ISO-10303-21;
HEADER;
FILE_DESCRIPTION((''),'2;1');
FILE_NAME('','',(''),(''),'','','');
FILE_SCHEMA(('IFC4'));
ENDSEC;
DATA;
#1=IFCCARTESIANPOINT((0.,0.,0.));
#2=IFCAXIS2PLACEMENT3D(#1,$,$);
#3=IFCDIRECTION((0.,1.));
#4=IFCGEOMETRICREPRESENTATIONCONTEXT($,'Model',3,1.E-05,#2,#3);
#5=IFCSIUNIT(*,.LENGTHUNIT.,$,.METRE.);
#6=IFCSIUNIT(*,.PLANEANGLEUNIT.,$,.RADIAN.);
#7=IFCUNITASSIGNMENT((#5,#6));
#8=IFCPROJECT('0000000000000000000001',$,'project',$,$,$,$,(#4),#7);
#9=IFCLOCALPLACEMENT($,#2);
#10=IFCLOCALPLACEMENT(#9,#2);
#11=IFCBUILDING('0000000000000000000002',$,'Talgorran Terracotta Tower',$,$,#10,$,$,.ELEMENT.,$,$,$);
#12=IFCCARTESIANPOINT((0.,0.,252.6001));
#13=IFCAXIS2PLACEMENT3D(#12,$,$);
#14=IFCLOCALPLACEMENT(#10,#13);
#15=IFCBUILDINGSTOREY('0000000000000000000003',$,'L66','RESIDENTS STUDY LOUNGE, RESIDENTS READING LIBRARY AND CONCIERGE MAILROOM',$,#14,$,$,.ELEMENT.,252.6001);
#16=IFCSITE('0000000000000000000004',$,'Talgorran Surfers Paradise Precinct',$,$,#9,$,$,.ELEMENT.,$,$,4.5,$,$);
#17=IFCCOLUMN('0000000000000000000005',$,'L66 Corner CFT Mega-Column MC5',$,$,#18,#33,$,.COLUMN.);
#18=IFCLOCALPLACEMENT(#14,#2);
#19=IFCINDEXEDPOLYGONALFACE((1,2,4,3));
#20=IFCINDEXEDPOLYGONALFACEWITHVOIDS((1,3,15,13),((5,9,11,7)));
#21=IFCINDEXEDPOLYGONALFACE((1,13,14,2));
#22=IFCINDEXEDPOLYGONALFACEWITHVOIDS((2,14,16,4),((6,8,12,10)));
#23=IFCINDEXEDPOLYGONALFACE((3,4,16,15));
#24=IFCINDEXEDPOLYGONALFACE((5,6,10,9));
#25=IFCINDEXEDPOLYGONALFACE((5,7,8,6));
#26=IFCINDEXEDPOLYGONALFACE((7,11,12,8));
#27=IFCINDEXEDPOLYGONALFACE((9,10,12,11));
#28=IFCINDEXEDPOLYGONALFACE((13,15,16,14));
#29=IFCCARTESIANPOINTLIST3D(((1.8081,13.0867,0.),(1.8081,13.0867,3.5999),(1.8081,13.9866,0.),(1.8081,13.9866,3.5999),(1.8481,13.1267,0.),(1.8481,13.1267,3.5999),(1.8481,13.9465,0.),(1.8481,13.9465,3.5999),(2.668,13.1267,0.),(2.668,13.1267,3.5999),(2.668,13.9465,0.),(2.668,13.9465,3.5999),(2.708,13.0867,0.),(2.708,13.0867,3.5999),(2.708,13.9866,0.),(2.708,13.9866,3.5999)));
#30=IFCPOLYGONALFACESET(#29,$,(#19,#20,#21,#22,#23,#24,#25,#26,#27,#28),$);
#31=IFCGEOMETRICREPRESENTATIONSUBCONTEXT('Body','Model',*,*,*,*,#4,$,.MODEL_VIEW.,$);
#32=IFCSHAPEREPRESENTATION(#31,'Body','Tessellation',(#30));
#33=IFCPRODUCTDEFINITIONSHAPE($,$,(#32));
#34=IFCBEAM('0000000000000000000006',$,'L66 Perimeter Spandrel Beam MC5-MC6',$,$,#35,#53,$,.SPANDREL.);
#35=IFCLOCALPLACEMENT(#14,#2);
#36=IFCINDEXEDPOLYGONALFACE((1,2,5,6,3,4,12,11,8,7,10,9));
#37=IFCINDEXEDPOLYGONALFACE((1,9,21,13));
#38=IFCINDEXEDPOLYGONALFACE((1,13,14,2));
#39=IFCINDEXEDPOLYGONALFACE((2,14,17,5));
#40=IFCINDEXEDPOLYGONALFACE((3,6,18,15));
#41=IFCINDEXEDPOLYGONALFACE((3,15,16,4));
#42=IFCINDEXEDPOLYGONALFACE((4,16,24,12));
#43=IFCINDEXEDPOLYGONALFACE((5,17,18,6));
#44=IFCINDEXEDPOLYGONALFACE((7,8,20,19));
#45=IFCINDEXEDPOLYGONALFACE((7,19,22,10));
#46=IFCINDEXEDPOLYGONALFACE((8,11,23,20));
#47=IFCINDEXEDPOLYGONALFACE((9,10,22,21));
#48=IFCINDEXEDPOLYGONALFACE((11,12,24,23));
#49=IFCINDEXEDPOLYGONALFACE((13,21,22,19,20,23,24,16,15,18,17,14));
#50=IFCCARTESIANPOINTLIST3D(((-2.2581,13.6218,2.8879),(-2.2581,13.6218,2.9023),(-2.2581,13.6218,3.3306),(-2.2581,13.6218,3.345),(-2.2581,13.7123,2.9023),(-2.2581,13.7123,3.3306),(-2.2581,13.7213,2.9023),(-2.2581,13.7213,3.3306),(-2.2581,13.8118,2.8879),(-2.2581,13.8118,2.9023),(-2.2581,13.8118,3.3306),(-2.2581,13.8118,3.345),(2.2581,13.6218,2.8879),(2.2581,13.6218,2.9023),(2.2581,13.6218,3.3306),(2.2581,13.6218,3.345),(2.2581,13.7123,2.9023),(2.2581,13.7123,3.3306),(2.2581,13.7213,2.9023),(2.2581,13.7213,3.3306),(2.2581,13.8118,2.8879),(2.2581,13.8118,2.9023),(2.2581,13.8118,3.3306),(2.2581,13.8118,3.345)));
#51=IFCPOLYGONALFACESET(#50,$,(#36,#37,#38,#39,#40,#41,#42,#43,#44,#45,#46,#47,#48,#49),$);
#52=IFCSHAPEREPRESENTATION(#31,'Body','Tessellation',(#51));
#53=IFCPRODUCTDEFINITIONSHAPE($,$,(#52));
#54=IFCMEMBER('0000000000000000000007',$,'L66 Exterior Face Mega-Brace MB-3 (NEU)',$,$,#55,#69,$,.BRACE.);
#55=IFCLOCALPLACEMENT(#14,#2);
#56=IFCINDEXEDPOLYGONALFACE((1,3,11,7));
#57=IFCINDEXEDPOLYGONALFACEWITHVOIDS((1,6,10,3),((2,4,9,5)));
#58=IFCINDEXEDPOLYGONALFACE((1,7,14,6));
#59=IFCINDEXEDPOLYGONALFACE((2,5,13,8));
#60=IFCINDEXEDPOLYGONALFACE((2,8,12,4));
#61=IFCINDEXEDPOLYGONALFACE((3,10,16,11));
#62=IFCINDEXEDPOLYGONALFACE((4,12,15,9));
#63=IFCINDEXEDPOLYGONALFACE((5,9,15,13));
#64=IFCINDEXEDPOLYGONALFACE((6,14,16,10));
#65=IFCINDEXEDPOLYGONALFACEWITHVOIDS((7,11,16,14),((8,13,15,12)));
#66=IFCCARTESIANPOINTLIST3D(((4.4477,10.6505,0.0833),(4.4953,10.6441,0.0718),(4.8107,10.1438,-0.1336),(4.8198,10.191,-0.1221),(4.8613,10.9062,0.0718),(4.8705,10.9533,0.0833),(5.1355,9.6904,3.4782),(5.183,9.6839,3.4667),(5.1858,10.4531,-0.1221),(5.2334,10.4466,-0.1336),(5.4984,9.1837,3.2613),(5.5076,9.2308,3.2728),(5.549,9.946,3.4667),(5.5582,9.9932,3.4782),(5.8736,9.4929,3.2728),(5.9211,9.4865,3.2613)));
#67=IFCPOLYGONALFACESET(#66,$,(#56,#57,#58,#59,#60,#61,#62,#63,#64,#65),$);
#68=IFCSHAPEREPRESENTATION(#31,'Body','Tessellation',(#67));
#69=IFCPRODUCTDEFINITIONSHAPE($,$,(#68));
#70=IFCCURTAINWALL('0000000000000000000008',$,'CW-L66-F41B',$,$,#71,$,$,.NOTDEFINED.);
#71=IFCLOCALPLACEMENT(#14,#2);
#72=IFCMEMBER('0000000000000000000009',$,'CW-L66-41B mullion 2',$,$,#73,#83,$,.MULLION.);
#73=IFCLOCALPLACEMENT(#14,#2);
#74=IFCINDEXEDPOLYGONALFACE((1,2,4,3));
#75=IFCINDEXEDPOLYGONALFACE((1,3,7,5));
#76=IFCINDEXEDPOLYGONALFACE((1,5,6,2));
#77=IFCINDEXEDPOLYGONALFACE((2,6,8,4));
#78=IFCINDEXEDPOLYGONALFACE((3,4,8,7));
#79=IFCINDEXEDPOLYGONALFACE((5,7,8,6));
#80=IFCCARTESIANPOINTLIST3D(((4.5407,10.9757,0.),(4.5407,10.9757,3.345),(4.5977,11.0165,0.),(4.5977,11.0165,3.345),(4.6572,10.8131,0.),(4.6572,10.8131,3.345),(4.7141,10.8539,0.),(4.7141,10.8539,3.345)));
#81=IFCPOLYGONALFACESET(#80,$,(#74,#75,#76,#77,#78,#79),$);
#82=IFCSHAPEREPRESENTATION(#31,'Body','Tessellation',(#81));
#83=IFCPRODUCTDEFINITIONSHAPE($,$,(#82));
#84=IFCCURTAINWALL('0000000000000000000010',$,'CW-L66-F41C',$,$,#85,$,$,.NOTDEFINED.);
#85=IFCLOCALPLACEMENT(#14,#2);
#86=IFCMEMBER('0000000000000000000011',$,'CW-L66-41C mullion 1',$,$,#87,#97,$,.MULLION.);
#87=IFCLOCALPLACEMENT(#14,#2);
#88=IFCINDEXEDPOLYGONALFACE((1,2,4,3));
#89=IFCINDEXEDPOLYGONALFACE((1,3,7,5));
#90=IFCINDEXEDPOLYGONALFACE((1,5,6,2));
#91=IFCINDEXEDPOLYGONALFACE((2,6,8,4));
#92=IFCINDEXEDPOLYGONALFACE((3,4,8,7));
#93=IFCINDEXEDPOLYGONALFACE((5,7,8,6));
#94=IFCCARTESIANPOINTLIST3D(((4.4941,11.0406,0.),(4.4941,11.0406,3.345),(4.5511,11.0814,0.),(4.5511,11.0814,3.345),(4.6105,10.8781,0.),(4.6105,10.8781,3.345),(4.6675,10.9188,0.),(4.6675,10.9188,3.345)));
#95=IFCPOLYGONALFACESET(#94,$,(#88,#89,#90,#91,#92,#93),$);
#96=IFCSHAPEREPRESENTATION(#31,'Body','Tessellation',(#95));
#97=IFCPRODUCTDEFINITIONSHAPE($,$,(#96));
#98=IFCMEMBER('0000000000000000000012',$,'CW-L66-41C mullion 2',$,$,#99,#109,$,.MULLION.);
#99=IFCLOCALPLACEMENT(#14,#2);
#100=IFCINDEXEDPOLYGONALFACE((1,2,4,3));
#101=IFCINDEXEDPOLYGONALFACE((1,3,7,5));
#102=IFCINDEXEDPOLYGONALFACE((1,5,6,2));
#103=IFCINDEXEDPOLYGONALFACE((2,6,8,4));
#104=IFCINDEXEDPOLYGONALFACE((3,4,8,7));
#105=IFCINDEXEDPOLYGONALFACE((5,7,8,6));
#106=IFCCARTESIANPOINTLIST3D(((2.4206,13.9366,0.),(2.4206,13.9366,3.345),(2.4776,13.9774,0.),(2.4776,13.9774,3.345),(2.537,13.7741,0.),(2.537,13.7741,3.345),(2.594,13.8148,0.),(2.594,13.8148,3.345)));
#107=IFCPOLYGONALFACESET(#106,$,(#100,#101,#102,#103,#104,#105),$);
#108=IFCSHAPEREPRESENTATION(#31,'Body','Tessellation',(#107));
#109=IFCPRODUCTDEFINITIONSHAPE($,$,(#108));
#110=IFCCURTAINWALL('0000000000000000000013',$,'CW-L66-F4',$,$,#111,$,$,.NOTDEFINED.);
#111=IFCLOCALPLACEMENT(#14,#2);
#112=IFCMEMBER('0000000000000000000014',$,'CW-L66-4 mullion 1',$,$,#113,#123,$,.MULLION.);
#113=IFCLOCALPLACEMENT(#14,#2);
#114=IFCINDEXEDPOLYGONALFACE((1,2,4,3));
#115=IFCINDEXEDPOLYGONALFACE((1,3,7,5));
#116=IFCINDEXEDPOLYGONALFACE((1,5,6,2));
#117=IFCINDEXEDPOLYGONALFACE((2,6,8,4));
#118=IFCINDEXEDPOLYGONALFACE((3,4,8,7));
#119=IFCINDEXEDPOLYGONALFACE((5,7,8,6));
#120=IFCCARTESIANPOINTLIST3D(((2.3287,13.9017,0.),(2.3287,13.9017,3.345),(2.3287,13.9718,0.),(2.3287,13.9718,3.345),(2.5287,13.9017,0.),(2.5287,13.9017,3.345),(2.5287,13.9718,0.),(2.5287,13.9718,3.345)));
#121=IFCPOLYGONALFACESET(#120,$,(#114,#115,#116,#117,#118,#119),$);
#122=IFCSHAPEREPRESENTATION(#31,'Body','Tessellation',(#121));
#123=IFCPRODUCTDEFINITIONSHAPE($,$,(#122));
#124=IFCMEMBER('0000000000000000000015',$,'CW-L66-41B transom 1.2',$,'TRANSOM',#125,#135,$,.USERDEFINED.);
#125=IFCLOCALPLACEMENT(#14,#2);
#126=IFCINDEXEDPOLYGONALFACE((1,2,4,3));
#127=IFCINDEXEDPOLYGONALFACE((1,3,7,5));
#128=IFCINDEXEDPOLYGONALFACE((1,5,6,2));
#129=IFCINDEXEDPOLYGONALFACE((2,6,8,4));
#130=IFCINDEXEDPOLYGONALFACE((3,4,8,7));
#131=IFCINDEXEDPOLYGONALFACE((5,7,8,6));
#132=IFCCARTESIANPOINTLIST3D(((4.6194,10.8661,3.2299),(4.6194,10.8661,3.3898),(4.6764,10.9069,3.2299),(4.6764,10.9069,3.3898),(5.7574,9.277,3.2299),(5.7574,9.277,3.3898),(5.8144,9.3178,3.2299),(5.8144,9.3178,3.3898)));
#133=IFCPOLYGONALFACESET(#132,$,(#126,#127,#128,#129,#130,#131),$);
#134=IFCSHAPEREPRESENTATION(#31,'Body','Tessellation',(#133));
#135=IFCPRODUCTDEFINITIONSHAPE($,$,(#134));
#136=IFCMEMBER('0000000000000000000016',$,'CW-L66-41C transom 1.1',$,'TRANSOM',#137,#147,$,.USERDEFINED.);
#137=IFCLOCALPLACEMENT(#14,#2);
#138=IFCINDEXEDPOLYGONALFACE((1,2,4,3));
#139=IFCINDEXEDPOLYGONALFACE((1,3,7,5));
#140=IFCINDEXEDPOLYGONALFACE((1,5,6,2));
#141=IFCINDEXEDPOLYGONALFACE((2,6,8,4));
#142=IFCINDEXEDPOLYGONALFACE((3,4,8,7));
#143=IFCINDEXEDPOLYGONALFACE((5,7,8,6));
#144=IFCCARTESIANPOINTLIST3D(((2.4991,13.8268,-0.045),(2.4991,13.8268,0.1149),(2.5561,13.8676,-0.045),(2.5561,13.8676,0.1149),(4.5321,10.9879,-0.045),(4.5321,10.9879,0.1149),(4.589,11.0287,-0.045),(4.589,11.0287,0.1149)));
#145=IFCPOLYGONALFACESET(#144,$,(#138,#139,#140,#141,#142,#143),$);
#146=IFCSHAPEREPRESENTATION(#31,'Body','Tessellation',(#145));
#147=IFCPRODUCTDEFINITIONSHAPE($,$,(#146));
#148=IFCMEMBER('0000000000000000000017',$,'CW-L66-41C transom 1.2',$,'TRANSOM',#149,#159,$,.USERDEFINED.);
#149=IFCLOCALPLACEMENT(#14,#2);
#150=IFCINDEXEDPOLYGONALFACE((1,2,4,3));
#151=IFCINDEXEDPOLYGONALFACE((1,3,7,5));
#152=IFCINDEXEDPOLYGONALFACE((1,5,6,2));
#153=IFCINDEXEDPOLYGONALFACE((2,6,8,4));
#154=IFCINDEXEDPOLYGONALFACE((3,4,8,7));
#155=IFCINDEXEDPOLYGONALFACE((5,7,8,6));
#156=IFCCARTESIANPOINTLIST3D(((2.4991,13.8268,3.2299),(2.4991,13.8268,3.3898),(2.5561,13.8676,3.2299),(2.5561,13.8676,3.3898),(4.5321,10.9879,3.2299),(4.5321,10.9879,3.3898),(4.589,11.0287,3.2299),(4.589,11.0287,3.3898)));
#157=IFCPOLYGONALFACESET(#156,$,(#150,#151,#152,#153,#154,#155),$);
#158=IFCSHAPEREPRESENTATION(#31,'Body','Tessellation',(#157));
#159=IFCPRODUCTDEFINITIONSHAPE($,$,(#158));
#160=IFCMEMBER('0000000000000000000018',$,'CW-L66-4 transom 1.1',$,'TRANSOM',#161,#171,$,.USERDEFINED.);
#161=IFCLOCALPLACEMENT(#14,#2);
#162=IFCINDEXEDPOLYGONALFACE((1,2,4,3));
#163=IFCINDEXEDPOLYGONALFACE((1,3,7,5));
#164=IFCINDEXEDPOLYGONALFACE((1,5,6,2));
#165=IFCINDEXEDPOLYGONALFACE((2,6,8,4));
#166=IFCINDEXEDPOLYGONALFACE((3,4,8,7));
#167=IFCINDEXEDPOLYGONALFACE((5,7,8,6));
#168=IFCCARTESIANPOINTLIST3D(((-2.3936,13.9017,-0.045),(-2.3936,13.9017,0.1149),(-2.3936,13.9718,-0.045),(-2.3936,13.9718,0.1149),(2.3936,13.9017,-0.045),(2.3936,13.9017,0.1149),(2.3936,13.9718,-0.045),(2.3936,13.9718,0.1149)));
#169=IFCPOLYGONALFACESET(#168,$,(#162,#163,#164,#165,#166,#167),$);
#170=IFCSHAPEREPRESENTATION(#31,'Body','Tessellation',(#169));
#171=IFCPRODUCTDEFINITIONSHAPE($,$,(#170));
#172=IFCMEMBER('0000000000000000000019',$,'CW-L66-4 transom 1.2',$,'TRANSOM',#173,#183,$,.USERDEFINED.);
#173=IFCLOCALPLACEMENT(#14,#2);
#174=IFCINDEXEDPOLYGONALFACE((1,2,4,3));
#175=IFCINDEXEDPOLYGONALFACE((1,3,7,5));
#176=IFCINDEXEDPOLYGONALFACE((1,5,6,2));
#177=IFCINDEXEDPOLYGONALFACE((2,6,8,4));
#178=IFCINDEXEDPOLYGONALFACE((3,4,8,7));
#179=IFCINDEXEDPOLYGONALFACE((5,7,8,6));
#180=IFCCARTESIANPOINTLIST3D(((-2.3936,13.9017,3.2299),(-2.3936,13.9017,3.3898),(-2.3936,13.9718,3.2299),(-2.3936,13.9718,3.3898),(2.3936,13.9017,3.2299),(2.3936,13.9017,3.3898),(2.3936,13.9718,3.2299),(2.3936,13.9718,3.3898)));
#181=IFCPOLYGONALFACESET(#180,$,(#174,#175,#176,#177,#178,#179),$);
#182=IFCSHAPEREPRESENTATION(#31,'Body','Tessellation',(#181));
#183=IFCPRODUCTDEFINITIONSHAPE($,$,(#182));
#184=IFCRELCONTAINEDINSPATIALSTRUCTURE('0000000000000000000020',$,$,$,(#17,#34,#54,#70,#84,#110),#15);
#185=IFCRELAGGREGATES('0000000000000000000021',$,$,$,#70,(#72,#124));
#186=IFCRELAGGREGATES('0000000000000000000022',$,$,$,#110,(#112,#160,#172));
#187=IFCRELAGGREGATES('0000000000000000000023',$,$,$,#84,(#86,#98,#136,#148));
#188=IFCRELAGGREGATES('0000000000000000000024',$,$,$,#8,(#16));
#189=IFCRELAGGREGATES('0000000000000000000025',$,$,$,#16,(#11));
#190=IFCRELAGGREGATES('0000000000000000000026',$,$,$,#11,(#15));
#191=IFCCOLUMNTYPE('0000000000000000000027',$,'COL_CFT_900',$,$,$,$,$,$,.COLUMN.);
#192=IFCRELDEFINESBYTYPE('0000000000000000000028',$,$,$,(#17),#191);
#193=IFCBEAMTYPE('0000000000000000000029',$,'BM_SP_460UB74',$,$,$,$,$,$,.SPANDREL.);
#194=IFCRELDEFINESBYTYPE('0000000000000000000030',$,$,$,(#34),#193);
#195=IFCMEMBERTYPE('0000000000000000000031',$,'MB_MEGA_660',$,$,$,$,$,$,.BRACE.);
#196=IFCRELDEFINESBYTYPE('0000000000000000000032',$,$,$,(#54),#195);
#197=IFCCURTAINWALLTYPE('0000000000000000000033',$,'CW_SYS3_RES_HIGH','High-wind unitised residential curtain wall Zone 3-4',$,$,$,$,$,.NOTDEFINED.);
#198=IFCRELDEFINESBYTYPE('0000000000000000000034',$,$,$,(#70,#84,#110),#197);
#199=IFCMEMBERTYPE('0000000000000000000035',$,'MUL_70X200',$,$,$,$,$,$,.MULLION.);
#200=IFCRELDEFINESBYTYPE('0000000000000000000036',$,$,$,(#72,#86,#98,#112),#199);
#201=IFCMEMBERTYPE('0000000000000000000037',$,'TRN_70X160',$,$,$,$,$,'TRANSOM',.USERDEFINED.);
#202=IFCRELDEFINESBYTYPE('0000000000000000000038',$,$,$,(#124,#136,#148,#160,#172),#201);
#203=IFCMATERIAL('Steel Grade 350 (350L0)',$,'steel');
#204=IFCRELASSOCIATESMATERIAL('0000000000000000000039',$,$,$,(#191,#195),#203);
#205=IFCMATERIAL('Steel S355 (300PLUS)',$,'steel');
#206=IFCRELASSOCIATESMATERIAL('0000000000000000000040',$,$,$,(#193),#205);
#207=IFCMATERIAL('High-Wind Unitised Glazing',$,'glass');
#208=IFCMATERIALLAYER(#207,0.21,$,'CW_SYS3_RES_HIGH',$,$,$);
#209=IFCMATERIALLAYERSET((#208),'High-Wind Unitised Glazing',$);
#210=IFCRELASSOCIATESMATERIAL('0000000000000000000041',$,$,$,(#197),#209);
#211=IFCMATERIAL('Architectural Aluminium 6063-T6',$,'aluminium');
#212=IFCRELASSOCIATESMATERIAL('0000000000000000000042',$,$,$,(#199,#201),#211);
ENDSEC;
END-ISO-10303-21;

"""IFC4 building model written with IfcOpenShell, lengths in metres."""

from ifc_helpers import new_model, si_unit, direction, frame, origin, origin_2d, place, context, subcontext, project, spatial, rectangle, hollow_rectangle, i_section, extrude, material, layer, layer_set, material_profile, profile_set, type_object, element, aggregate, save


model = new_model("IFC4")

# Units and contexts
model_context = context("Model", 3, precision=1e-05, world=origin(), true_north=direction((0.0, 1.0)))
body_context = subcontext(model_context, "Body", "Model", "MODEL_VIEW")
ifc_project = project(units=[si_unit("LENGTHUNIT", "METRE"), si_unit("PLANEANGLEUNIT", "RADIAN")], contexts=[model_context])

# Site, building, storey
site_placement = place(None, origin())
site = spatial("IfcSite", under=ifc_project, at=site_placement, Name="Talgorran Surfers Paradise Precinct", CompositionType="ELEMENT", RefElevation=4.5)
building_placement = place(site_placement, origin())
building = spatial("IfcBuilding", under=site, at=building_placement, Name="Talgorran Terracotta Tower", CompositionType="ELEMENT")
storey_placement = place(building_placement, frame((0.0, 0.0, 252.6001)))
storey = spatial("IfcBuildingStorey", under=building, at=storey_placement, Name="L66", Description="RESIDENTS STUDY LOUNGE, RESIDENTS READING LIBRARY AND CONCIERGE MAILROOM", CompositionType="ELEMENT", Elevation=252.6001)

# Column
ifc_material_1 = material(Name="Steel Grade 350 (350L0)", Category="steel")
ifc_material_profile_1 = material_profile(ifc_material_1, hollow_rectangle(XDim=0.8999, YDim=0.8999, WallThickness=0.04, at=origin_2d()), Name="CFT900X900X40")
ifc_profile_set_1 = profile_set([ifc_material_profile_1], Name="Steel Grade 350 (350L0)")
column_type = type_object("IfcColumnType", Name="COL_CFT_900", PredefinedType="COLUMN", material=ifc_profile_set_1)
column_placement = place(storey_placement, frame((2.2581, 13.5366, 0.0), z_axis=(0.0, 0.0, 1.0), x_axis=(1.0, 0.0, 0.0)))
element("IfcColumn", 1, at=column_placement, inside=storey, type_object=column_type, Name="L66 Corner CFT Mega-Column MC5", PredefinedType="COLUMN", context=body_context, shape_type="SweptSolid", body=[
    extrude(hollow_rectangle(XDim=0.8999, YDim=0.8999, WallThickness=0.04, at=origin_2d()), origin(), (0.0, 0.0, 1.0), 3.5999),
])

# Beam
ifc_material_2 = material(Name="Steel S355 (300PLUS)", Category="steel")
ifc_material_profile_2 = material_profile(ifc_material_2, i_section(OverallWidth=0.1899, OverallDepth=0.457, WebThickness=0.009, FlangeThickness=0.0144, at=origin_2d()), Name="460UB74.6")
ifc_profile_set_2 = profile_set([ifc_material_profile_2], Name="Steel S355 (300PLUS)")
beam_type = type_object("IfcBeamType", Name="BM_SP_460UB74", PredefinedType="SPANDREL", material=ifc_profile_set_2)
beam_placement = place(storey_placement, frame((2.2581, 13.7168, 3.1165), z_axis=(-1.0, 0.0, 0.0), x_axis=(0.0, -1.0, 0.0)))
element("IfcBeam", 2, at=beam_placement, inside=storey, type_object=beam_type, Name="L66 Perimeter Spandrel Beam MC5-MC6", PredefinedType="SPANDREL", context=body_context, shape_type="SweptSolid", body=[
    extrude(i_section(OverallWidth=0.1899, OverallDepth=0.457, WebThickness=0.009, FlangeThickness=0.0144, at=origin_2d()), origin(), (0.0, 0.0, 1.0), 4.5161),
])

# Member
ifc_material_profile_3 = material_profile(ifc_material_1, hollow_rectangle(XDim=0.52, YDim=0.6599, WallThickness=0.0349, at=origin_2d()), Name="WBOX660X520X35")
ifc_profile_set_3 = profile_set([ifc_material_profile_3], Name="Steel Grade 350 (350L0)")
member_type_1 = type_object("IfcMemberType", Name="MB_MEGA_660", PredefinedType="BRACE", material=ifc_profile_set_3)
member_1_placement = place(storey_placement, frame((4.8406, 10.5486, -0.0251), z_axis=(0.191327, -0.267124, 0.944478), x_axis=(0.812979, 0.582294, 0.0)))
element("IfcMember", 3, at=member_1_placement, inside=storey, type_object=member_type_1, Name="L66 Exterior Face Mega-Brace MB-3 (NEU)", PredefinedType="BRACE", context=body_context, shape_type="SweptSolid", body=[
    extrude(hollow_rectangle(XDim=0.52, YDim=0.6599, WallThickness=0.0349, at=origin_2d()), origin(), (0.0, 0.0, 1.0), 3.5945),
])

# Curtain wall, member
ifc_material_3 = material(Name="High-Wind Unitised Glazing", Category="glass")
ifc_layer_1 = layer(ifc_material_3, 0.21, Name="CW_SYS3_RES_HIGH")
ifc_layer_set_1 = layer_set([ifc_layer_1], Name="High-Wind Unitised Glazing")
curtain_wall_type = type_object("IfcCurtainWallType", Name="CW_SYS3_RES_HIGH", Description="High-wind unitised residential curtain wall Zone 3-4", PredefinedType="NOTDEFINED", material=ifc_layer_set_1)
curtain_wall_1_placement = place(storey_placement, origin())
curtain_wall_1 = element("IfcCurtainWall", 4, at=curtain_wall_1_placement, inside=storey, type_object=curtain_wall_type, Name="CW-L66-F41B", PredefinedType="NOTDEFINED")
ifc_material_4 = material(Name="Architectural Aluminium 6063-T6", Category="aluminium")
ifc_material_profile_4 = material_profile(ifc_material_4, rectangle(XDim=0.0701, YDim=0.2, at=origin_2d()), Name="CWM70X200")
ifc_profile_set_4 = profile_set([ifc_material_profile_4], Name="Architectural Aluminium 6063-T6")
member_type_2 = type_object("IfcMemberType", Name="MUL_70X200", PredefinedType="MULLION", material=ifc_profile_set_4)
member_2_placement = place(storey_placement, frame((4.6274, 10.9148, 0.0), z_axis=(0.0, 0.0, 1.0), x_axis=(-0.813023, -0.582231, 0.0)))
member_2 = element("IfcMember", 5, at=member_2_placement, type_object=member_type_2, Name="CW-L66-41B mullion 2", PredefinedType="MULLION", context=body_context, shape_type="SweptSolid", body=[
    extrude(rectangle(XDim=0.0701, YDim=0.2, at=origin_2d()), origin(), (0.0, 0.0, 1.0), 3.345),
])

# Curtain wall, members
curtain_wall_2_placement = place(storey_placement, origin())
curtain_wall_2 = element("IfcCurtainWall", 6, at=curtain_wall_2_placement, inside=storey, type_object=curtain_wall_type, Name="CW-L66-F41C", PredefinedType="NOTDEFINED")
member_3_placement = place(storey_placement, frame((4.5808, 10.9797, 0.0), z_axis=(0.0, 0.0, 1.0), x_axis=(-0.813048, -0.582196, 0.0)))
member_3 = element("IfcMember", 7, at=member_3_placement, type_object=member_type_2, Name="CW-L66-41C mullion 1", PredefinedType="MULLION", context=body_context, shape_type="SweptSolid", body=[
    extrude(rectangle(XDim=0.0701, YDim=0.2, at=origin_2d()), origin(), (0.0, 0.0, 1.0), 3.345),
])
member_4_placement = place(storey_placement, frame((2.5073, 13.8757, 0.0), z_axis=(0.0, 0.0, 1.0), x_axis=(-0.813048, -0.582196, 0.0)))
member_4 = element("IfcMember", 8, at=member_4_placement, type_object=member_type_2, Name="CW-L66-41C mullion 2", PredefinedType="MULLION", context=body_context, shape_type="SweptSolid", body=[
    extrude(rectangle(XDim=0.0701, YDim=0.2, at=origin_2d()), origin(), (0.0, 0.0, 1.0), 3.345),
])

# Curtain wall, member
curtain_wall_3_placement = place(storey_placement, origin())
curtain_wall_3 = element("IfcCurtainWall", 9, at=curtain_wall_3_placement, inside=storey, type_object=curtain_wall_type, Name="CW-L66-F4", PredefinedType="NOTDEFINED")
member_5_placement = place(storey_placement, frame((2.4287, 13.9368, 0.0), z_axis=(0.0, 0.0, 1.0), x_axis=(0.0, -1.0, 0.0)))
member_5 = element("IfcMember", 10, at=member_5_placement, type_object=member_type_2, Name="CW-L66-4 mullion 1", PredefinedType="MULLION", context=body_context, shape_type="SweptSolid", body=[
    extrude(rectangle(XDim=0.0701, YDim=0.2, at=origin_2d()), origin(), (0.0, 0.0, 1.0), 3.345),
])

# Members
ifc_material_profile_5 = material_profile(ifc_material_4, rectangle(XDim=0.0701, YDim=0.1599, at=origin_2d()), Name="CWT70X160")
ifc_profile_set_5 = profile_set([ifc_material_profile_5], Name="Architectural Aluminium 6063-T6")
member_type_3 = type_object("IfcMemberType", Name="TRN_70X160", ElementType="TRANSOM", PredefinedType="USERDEFINED", material=ifc_profile_set_5)
member_6_placement = place(storey_placement, frame((5.7859, 9.2974, 3.3098), z_axis=(-0.582207, 0.813041, 0.0), x_axis=(-0.813041, -0.582207, 0.0)))
member_6 = element("IfcMember", 11, at=member_6_placement, type_object=member_type_3, Name="CW-L66-41B transom 1.2", ObjectType="TRANSOM", PredefinedType="USERDEFINED", context=body_context, shape_type="SweptSolid", body=[
    extrude(rectangle(XDim=0.0701, YDim=0.1599, at=origin_2d()), origin(), (0.0, 0.0, 1.0), 1.9546),
])
member_7_placement = place(storey_placement, frame((4.5605, 11.0083, 0.0349), z_axis=(-0.582223, 0.813029, 0.0), x_axis=(-0.813029, -0.582223, 0.0)))
member_7 = element("IfcMember", 12, at=member_7_placement, type_object=member_type_3, Name="CW-L66-41C transom 1.1", ObjectType="TRANSOM", PredefinedType="USERDEFINED", context=body_context, shape_type="SweptSolid", body=[
    extrude(rectangle(XDim=0.0701, YDim=0.1599, at=origin_2d()), origin(), (0.0, 0.0, 1.0), 3.4917),
])
member_8_placement = place(storey_placement, frame((4.5605, 11.0083, 3.3098), z_axis=(-0.582223, 0.813029, 0.0), x_axis=(-0.813029, -0.582223, 0.0)))
member_8 = element("IfcMember", 13, at=member_8_placement, type_object=member_type_3, Name="CW-L66-41C transom 1.2", ObjectType="TRANSOM", PredefinedType="USERDEFINED", context=body_context, shape_type="SweptSolid", body=[
    extrude(rectangle(XDim=0.0701, YDim=0.1599, at=origin_2d()), origin(), (0.0, 0.0, 1.0), 3.4917),
])
member_9_placement = place(storey_placement, frame((2.3936, 13.9368, 0.0349), z_axis=(-1.0, 0.0, 0.0), x_axis=(0.0, -1.0, 0.0)))
member_9 = element("IfcMember", 14, at=member_9_placement, type_object=member_type_3, Name="CW-L66-4 transom 1.1", ObjectType="TRANSOM", PredefinedType="USERDEFINED", context=body_context, shape_type="SweptSolid", body=[
    extrude(rectangle(XDim=0.0701, YDim=0.1599, at=origin_2d()), origin(), (0.0, 0.0, 1.0), 4.7871),
])
member_10_placement = place(storey_placement, frame((2.3936, 13.9368, 3.3098), z_axis=(-1.0, 0.0, 0.0), x_axis=(0.0, -1.0, 0.0)))
member_10 = element("IfcMember", 15, at=member_10_placement, type_object=member_type_3, Name="CW-L66-4 transom 1.2", ObjectType="TRANSOM", PredefinedType="USERDEFINED", context=body_context, shape_type="SweptSolid", body=[
    extrude(rectangle(XDim=0.0701, YDim=0.1599, at=origin_2d()), origin(), (0.0, 0.0, 1.0), 4.7871),
])

aggregate(curtain_wall_1, [member_2, member_6])
aggregate(curtain_wall_3, [member_5, member_9, member_10])
aggregate(curtain_wall_2, [member_3, member_4, member_7, member_8])

save(model, "model.ifc")
